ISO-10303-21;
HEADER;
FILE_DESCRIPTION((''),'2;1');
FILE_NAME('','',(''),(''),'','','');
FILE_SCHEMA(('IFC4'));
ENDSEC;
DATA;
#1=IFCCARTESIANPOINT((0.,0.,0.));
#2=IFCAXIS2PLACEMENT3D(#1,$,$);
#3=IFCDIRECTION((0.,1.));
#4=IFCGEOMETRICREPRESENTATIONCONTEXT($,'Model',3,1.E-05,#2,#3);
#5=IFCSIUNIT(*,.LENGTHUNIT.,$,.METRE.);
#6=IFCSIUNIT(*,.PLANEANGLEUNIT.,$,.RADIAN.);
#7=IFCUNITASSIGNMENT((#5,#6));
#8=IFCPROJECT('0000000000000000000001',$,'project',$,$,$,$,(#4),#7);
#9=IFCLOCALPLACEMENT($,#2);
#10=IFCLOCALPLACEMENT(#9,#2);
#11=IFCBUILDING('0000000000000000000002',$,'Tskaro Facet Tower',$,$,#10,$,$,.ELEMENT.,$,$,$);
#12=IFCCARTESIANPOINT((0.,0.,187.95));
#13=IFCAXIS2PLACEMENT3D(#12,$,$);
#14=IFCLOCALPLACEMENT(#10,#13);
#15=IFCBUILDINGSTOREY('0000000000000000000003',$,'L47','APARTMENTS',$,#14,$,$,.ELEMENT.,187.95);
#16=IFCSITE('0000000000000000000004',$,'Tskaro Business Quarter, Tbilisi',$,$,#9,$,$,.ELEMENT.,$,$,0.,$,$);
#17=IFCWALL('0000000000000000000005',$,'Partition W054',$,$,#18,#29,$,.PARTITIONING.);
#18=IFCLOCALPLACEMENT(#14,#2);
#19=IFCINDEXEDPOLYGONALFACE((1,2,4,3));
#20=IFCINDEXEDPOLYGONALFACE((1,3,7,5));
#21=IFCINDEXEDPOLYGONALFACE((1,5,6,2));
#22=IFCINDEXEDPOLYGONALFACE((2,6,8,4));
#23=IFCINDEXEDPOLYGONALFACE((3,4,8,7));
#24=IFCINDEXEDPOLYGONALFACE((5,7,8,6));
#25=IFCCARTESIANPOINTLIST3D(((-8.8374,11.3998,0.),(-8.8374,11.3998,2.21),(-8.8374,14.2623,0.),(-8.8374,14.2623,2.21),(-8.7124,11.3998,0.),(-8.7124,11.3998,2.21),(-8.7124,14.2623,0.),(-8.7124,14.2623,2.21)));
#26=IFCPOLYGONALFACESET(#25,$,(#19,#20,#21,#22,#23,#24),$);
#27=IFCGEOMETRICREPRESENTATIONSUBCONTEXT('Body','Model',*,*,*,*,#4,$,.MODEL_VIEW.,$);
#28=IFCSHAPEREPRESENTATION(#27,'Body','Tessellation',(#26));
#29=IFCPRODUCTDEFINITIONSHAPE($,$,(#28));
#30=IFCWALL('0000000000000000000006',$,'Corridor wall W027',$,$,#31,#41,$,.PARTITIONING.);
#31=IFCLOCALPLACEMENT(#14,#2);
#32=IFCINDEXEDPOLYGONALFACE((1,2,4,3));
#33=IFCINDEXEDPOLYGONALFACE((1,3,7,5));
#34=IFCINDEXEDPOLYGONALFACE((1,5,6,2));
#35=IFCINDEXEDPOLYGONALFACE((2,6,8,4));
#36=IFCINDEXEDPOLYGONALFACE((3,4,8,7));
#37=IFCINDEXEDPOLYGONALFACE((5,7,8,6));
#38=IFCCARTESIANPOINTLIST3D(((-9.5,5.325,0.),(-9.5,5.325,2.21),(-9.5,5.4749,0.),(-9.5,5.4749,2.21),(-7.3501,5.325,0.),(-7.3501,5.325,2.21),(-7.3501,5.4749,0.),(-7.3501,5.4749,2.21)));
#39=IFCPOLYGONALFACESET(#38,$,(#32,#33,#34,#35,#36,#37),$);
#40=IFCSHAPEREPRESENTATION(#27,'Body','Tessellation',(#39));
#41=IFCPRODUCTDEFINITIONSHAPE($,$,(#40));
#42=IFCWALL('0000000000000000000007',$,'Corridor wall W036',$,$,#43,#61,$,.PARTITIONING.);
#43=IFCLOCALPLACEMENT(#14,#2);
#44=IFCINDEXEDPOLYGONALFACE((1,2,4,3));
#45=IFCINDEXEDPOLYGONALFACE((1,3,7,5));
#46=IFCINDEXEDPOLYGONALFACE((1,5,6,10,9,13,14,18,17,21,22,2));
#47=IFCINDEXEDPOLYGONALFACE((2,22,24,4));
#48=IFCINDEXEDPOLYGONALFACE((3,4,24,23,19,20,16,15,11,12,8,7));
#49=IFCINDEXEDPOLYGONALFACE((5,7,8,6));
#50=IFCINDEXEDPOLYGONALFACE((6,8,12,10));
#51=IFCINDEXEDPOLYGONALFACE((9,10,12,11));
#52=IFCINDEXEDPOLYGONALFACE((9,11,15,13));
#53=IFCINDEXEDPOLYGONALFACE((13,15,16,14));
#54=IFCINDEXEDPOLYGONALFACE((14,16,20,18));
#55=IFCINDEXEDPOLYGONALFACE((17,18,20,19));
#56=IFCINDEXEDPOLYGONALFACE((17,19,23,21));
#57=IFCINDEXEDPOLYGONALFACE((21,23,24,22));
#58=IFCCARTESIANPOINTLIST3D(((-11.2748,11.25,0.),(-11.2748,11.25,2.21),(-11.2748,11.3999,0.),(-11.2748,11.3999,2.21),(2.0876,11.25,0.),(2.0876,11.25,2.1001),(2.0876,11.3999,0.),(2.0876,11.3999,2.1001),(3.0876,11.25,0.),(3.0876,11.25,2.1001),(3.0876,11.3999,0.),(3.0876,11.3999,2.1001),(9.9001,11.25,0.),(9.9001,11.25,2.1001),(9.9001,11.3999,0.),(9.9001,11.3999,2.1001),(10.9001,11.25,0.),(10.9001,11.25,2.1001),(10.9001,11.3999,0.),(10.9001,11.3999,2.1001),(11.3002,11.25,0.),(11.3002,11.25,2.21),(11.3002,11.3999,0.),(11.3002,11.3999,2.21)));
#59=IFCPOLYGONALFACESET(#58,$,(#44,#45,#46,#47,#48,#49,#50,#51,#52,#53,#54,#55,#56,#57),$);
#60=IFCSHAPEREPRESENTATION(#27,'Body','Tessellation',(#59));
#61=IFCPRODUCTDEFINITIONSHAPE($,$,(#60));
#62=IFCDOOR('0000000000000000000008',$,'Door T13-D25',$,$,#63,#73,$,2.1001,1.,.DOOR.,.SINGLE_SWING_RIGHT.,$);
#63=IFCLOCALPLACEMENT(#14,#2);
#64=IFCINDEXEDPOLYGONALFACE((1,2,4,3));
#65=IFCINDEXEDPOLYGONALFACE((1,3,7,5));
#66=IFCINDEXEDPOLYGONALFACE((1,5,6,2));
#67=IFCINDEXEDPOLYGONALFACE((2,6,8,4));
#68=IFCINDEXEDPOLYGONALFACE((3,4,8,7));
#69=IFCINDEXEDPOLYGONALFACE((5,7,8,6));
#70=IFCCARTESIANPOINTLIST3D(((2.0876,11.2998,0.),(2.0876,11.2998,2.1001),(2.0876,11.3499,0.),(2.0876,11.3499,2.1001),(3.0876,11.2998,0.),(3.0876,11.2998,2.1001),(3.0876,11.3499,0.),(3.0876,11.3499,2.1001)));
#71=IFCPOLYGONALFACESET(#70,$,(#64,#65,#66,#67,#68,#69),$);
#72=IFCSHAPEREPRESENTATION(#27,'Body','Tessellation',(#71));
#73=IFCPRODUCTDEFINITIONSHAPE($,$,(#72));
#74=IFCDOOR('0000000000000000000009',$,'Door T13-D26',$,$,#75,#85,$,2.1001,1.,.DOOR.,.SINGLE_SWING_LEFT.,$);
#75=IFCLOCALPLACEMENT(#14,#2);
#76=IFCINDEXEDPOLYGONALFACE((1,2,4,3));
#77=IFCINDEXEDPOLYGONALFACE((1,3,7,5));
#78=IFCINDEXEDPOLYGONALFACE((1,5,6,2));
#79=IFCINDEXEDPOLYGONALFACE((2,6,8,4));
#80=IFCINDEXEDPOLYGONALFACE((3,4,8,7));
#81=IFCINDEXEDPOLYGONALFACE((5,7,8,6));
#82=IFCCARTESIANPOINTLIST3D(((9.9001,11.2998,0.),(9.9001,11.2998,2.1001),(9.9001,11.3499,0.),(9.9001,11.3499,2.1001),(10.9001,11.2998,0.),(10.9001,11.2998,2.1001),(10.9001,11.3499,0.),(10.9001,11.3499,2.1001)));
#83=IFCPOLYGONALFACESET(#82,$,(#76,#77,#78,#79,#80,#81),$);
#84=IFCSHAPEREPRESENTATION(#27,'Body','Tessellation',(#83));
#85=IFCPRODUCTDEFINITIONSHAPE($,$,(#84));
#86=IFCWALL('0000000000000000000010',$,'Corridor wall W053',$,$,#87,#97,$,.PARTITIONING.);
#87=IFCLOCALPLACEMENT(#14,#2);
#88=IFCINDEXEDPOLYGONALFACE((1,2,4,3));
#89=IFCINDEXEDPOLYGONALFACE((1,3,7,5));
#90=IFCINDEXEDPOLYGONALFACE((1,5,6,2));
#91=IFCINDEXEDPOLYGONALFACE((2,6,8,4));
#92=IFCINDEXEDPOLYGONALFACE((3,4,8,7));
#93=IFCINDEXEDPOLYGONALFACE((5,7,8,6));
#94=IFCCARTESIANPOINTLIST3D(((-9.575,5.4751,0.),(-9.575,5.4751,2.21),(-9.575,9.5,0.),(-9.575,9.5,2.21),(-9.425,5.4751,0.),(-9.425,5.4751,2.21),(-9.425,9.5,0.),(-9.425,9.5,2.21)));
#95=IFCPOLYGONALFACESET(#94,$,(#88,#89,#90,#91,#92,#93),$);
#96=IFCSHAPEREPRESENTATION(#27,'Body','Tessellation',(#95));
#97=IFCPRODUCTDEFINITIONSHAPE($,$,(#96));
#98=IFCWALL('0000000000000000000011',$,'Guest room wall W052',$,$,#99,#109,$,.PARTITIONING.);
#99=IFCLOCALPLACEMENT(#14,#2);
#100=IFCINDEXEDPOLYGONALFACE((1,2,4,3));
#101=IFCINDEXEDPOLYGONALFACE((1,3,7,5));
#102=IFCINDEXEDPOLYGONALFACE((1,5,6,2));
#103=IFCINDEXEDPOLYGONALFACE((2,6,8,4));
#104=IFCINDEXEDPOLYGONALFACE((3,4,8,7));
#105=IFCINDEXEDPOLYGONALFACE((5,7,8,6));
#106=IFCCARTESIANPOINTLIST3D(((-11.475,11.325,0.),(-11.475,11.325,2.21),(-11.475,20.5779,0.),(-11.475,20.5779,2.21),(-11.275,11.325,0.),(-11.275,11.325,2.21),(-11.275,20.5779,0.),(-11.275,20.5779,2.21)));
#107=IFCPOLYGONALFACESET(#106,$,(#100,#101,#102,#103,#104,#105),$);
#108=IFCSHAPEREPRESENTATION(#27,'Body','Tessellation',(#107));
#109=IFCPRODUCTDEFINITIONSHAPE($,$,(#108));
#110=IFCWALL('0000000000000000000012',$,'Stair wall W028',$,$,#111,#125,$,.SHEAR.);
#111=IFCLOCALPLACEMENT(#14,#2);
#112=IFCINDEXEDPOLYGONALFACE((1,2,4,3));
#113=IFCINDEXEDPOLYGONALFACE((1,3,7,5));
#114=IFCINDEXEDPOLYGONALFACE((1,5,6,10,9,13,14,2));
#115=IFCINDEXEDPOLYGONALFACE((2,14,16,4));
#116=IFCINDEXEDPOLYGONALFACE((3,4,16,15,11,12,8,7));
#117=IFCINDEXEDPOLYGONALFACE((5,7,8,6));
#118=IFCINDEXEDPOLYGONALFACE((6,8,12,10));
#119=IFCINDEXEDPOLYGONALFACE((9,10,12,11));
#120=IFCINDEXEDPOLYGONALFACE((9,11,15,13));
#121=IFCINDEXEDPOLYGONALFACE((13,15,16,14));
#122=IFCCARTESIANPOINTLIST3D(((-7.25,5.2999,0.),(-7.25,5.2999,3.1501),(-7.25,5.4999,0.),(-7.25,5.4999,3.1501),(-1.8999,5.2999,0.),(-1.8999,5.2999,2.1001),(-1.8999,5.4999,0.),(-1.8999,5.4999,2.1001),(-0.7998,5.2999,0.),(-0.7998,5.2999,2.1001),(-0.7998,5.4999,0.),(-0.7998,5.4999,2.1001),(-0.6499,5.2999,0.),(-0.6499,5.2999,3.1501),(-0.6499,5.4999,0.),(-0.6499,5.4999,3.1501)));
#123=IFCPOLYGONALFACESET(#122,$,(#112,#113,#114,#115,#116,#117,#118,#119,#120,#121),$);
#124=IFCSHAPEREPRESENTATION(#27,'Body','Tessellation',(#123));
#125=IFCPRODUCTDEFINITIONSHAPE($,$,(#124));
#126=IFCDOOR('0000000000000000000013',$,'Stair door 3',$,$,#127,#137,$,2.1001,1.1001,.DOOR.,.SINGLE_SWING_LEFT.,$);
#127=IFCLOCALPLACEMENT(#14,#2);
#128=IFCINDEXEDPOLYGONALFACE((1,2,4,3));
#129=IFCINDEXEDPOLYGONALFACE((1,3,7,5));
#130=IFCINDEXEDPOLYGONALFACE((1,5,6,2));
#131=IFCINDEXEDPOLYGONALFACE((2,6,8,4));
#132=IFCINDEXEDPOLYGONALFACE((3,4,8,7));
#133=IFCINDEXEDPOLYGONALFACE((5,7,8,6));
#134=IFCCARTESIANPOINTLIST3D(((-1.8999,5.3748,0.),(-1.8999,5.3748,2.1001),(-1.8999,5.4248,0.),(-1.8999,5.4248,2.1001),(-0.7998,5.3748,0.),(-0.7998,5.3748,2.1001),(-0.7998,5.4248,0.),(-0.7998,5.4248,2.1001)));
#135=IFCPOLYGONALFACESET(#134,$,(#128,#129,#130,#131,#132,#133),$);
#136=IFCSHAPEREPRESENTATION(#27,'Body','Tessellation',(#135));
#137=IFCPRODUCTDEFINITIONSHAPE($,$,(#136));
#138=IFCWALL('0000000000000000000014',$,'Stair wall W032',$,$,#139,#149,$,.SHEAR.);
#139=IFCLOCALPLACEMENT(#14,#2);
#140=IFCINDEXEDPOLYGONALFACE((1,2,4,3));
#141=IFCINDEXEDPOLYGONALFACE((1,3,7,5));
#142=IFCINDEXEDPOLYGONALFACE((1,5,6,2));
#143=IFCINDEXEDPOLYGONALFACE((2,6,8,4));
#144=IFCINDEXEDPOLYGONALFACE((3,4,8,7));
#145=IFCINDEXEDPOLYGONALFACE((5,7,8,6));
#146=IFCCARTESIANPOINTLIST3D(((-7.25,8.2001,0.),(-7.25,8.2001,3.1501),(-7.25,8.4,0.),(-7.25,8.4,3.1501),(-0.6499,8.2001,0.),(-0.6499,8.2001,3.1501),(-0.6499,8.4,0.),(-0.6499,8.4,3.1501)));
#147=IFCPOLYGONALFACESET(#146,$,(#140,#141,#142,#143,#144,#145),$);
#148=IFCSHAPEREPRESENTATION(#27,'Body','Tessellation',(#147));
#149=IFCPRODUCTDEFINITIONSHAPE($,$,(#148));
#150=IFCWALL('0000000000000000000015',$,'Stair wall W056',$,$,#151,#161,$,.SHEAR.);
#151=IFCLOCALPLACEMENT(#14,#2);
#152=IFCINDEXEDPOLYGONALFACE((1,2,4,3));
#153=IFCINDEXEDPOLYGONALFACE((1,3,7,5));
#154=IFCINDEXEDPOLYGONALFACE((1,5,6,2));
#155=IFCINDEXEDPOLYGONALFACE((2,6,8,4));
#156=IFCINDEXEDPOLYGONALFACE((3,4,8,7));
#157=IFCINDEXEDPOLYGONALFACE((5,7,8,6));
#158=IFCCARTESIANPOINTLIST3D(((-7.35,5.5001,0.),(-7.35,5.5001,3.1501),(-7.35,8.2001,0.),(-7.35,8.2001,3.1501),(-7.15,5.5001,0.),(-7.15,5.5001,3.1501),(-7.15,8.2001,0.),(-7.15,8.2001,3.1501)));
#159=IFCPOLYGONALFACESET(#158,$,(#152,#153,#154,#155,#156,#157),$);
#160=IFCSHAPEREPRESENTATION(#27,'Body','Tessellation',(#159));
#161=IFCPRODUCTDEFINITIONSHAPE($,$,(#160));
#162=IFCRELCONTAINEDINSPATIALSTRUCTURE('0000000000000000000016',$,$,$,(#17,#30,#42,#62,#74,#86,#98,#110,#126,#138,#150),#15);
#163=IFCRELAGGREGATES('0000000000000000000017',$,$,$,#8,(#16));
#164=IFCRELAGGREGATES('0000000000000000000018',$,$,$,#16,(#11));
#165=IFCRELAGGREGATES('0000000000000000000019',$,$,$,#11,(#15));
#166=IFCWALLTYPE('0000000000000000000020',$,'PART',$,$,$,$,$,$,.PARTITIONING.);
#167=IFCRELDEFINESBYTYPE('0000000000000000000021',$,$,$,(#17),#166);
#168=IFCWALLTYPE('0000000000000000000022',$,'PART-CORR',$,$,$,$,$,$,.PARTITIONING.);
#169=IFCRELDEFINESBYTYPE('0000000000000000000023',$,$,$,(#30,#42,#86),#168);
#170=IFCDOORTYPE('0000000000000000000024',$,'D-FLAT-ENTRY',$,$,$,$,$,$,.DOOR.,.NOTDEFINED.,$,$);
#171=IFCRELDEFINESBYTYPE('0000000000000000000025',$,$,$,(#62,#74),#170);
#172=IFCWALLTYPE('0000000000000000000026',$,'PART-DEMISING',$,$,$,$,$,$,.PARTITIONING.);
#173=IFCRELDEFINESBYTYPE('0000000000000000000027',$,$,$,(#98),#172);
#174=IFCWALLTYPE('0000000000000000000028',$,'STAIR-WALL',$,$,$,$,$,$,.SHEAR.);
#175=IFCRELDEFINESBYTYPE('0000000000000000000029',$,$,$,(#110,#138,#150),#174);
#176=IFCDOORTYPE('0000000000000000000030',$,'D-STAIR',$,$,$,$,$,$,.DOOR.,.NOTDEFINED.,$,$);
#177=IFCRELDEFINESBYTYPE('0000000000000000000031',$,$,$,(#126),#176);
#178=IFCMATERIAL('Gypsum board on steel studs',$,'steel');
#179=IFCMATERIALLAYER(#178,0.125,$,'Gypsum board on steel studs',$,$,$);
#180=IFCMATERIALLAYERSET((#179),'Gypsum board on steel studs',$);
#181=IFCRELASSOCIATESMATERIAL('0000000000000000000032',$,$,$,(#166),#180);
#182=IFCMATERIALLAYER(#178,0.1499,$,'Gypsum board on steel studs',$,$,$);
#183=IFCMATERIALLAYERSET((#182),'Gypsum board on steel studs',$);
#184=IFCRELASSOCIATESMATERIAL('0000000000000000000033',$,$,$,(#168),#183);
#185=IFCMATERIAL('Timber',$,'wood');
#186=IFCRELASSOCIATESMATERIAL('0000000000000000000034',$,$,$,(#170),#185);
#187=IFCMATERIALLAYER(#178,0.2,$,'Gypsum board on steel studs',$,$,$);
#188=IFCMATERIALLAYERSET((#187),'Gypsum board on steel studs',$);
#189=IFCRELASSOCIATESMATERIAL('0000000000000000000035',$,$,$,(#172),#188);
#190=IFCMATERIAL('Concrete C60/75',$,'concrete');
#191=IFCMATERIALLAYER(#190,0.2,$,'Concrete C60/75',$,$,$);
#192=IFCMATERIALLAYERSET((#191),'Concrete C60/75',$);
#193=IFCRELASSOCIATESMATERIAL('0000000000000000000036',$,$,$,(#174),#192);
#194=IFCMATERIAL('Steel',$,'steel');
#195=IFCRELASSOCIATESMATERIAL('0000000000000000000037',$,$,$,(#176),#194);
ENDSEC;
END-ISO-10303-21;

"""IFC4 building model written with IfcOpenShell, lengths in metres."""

from ifc_helpers import new_model, si_unit, direction, frame, frame_2d, origin, place, context, subcontext, project, spatial, rectangle, extrude, material, layer, layer_set, type_object, element, fill, save


model = new_model("IFC4")

# Units and contexts
model_context = context("Model", 3, precision=1e-05, world=origin(), true_north=direction((0.0, 1.0)))
body_context = subcontext(model_context, "Body", "Model", "MODEL_VIEW")
ifc_project = project(units=[si_unit("LENGTHUNIT", "METRE"), si_unit("PLANEANGLEUNIT", "RADIAN")], contexts=[model_context])

# Site, building, storey
site_placement = place(None, origin())
site = spatial("IfcSite", under=ifc_project, at=site_placement, Name="Tskaro Business Quarter, Tbilisi", CompositionType="ELEMENT", RefElevation=0.0)
building_placement = place(site_placement, origin())
building = spatial("IfcBuilding", under=site, at=building_placement, Name="Tskaro Facet Tower", CompositionType="ELEMENT")
storey_placement = place(building_placement, frame((0.0, 0.0, 187.95)))
storey = spatial("IfcBuildingStorey", under=building, at=storey_placement, Name="L47", Description="APARTMENTS", CompositionType="ELEMENT", Elevation=187.95)

# Shared definitions
ifc_material_1 = material(Name="Steel", Category="steel")
ifc_material_2 = material(Name="Timber", Category="wood")

# Walls
ifc_material_3 = material(Name="Gypsum board on steel studs", Category="steel")
ifc_layer_1 = layer(ifc_material_3, 0.125, Name="Gypsum board on steel studs")
ifc_layer_set_1 = layer_set([ifc_layer_1], Name="Gypsum board on steel studs")
wall_type_1 = type_object("IfcWallType", Name="PART", PredefinedType="PARTITIONING", material=ifc_layer_set_1)
wall_1_placement = place(storey_placement, frame((-8.7749, 11.3999, 0.0), z_axis=(0.0, 0.0, 1.0), x_axis=(0.0, 1.0, 0.0)))
element("IfcWall", 1, at=wall_1_placement, inside=storey, type_object=wall_type_1, Name="Partition W054", PredefinedType="PARTITIONING", context=body_context, shape_type="SweptSolid", body=[
    extrude(rectangle(XDim=2.8625, YDim=0.125, at=frame_2d((1.4312, 0.0))), origin(), (0.0, 0.0, 1.0), 2.21),
])
ifc_layer_2 = layer(ifc_material_3, 0.1499, Name="Gypsum board on steel studs")
ifc_layer_set_2 = layer_set([ifc_layer_2], Name="Gypsum board on steel studs")
wall_type_2 = type_object("IfcWallType", Name="PART-CORR", PredefinedType="PARTITIONING", material=ifc_layer_set_2)
wall_2_placement = place(storey_placement, frame((-9.5, 5.3999, 0.0), z_axis=(0.0, 0.0, 1.0), x_axis=(1.0, 0.0, 0.0)))
element("IfcWall", 2, at=wall_2_placement, inside=storey, type_object=wall_type_2, Name="Corridor wall W027", PredefinedType="PARTITIONING", context=body_context, shape_type="SweptSolid", body=[
    extrude(rectangle(XDim=2.1499, YDim=0.1499, at=frame_2d((1.075, 0.0))), origin(), (0.0, 0.0, 1.0), 2.21),
])

# Wall, openings, doors
wall_3_placement = place(storey_placement, frame((-11.2749, 11.325, 0.0), z_axis=(0.0, 0.0, 1.0), x_axis=(1.0, 0.0, 0.0)))
wall_3 = element("IfcWall", 3, at=wall_3_placement, inside=storey, type_object=wall_type_2, Name="Corridor wall W036", PredefinedType="PARTITIONING", context=body_context, shape_type="SweptSolid", body=[
    extrude(rectangle(XDim=22.575, YDim=0.1499, at=frame_2d((11.2876, 0.0))), origin(), (0.0, 0.0, 1.0), 2.21),
])
opening_1_placement = place(wall_3_placement, frame((13.3625, 0.0, 0.0)))
opening_1 = element("IfcOpeningElement", 4, at=opening_1_placement, cuts=wall_3, PredefinedType="OPENING", context=body_context, shape_type="SweptSolid", body=[
    extrude(rectangle(XDim=1.0, YDim=2.1001, at=frame_2d((0.5, 1.05))), frame((0.0, 0.085, 0.0), z_axis=(0.0, -1.0, 0.0), x_axis=(1.0, 0.0, 0.0)), (0.0, 0.0, 1.0), 0.1699),
])
opening_2_placement = place(wall_3_placement, frame((21.175, 0.0, 0.0)))
opening_2 = element("IfcOpeningElement", 5, at=opening_2_placement, cuts=wall_3, PredefinedType="OPENING", context=body_context, shape_type="SweptSolid", body=[
    extrude(rectangle(XDim=1.0, YDim=2.1001, at=frame_2d((0.5, 1.05))), frame((0.0, 0.085, 0.0), z_axis=(0.0, -1.0, 0.0), x_axis=(1.0, 0.0, 0.0)), (0.0, 0.0, 1.0), 0.1699),
])
door_type_1 = type_object("IfcDoorType", Name="D-FLAT-ENTRY", OperationType="NOTDEFINED", PredefinedType="DOOR", material=ifc_material_2)
door_1_placement = place(opening_1_placement, origin())
door_1 = element("IfcDoor", 6, at=door_1_placement, inside=storey, type_object=door_type_1, Name="Door T13-D25", OperationType="SINGLE_SWING_RIGHT", OverallHeight=2.1001, OverallWidth=1.0, PredefinedType="DOOR", context=body_context, shape_type="SweptSolid", body=[
    extrude(rectangle(XDim=1.0, YDim=2.1001, at=frame_2d((0.5, 1.05))), frame((0.0, 0.0249, 0.0), z_axis=(0.0, -1.0, 0.0), x_axis=(1.0, 0.0, 0.0)), (0.0, 0.0, 1.0), 0.05),
])
fill(opening_1, door_1)
door_2_placement = place(opening_2_placement, origin())
door_2 = element("IfcDoor", 7, at=door_2_placement, inside=storey, type_object=door_type_1, Name="Door T13-D26", OperationType="SINGLE_SWING_LEFT", OverallHeight=2.1001, OverallWidth=1.0, PredefinedType="DOOR", context=body_context, shape_type="SweptSolid", body=[
    extrude(rectangle(XDim=1.0, YDim=2.1001, at=frame_2d((0.5, 1.05))), frame((0.0, 0.0249, 0.0), z_axis=(0.0, -1.0, 0.0), x_axis=(1.0, 0.0, 0.0)), (0.0, 0.0, 1.0), 0.05),
])
fill(opening_2, door_2)

# Walls
wall_4_placement = place(storey_placement, frame((-9.5, 5.4751, 0.0), z_axis=(0.0, 0.0, 1.0), x_axis=(0.0, 1.0, 0.0)))
element("IfcWall", 8, at=wall_4_placement, inside=storey, type_object=wall_type_2, Name="Corridor wall W053", PredefinedType="PARTITIONING", context=body_context, shape_type="SweptSolid", body=[
    extrude(rectangle(XDim=4.0249, YDim=0.1499, at=frame_2d((2.0125, 0.0))), origin(), (0.0, 0.0, 1.0), 2.21),
])
ifc_layer_3 = layer(ifc_material_3, 0.2, Name="Gypsum board on steel studs")
ifc_layer_set_3 = layer_set([ifc_layer_3], Name="Gypsum board on steel studs")
wall_type_3 = type_object("IfcWallType", Name="PART-DEMISING", PredefinedType="PARTITIONING", material=ifc_layer_set_3)
wall_5_placement = place(storey_placement, frame((-11.375, 11.325, 0.0), z_axis=(0.0, 0.0, 1.0), x_axis=(0.0, 1.0, 0.0)))
element("IfcWall", 9, at=wall_5_placement, inside=storey, type_object=wall_type_3, Name="Guest room wall W052", PredefinedType="PARTITIONING", context=body_context, shape_type="SweptSolid", body=[
    extrude(rectangle(XDim=9.2529, YDim=0.2, at=frame_2d((4.6265, 0.0))), origin(), (0.0, 0.0, 1.0), 2.21),
])

# Wall, opening, door
ifc_material_4 = material(Name="Concrete C60/75", Category="concrete")
ifc_layer_4 = layer(ifc_material_4, 0.2, Name="Concrete C60/75")
ifc_layer_set_4 = layer_set([ifc_layer_4], Name="Concrete C60/75")
wall_type_4 = type_object("IfcWallType", Name="STAIR-WALL", PredefinedType="SHEAR", material=ifc_layer_set_4)
wall_6_placement = place(storey_placement, frame((-7.25, 5.3999, 0.0), z_axis=(0.0, 0.0, 1.0), x_axis=(1.0, 0.0, 0.0)))
wall_6 = element("IfcWall", 10, at=wall_6_placement, inside=storey, type_object=wall_type_4, Name="Stair wall W028", PredefinedType="SHEAR", context=body_context, shape_type="SweptSolid", body=[
    extrude(rectangle(XDim=6.6001, YDim=0.2, at=frame_2d((3.3, 0.0))), origin(), (0.0, 0.0, 1.0), 3.1501),
])
opening_3_placement = place(wall_6_placement, frame((5.3501, 0.0, 0.0)))
opening_3 = element("IfcOpeningElement", 11, at=opening_3_placement, cuts=wall_6, PredefinedType="OPENING", context=body_context, shape_type="SweptSolid", body=[
    extrude(rectangle(XDim=1.1001, YDim=2.1001, at=frame_2d((0.55, 1.05))), frame((0.0, 0.1099, 0.0), z_axis=(0.0, -1.0, 0.0), x_axis=(1.0, 0.0, 0.0)), (0.0, 0.0, 1.0), 0.22),
])
door_type_2 = type_object("IfcDoorType", Name="D-STAIR", OperationType="NOTDEFINED", PredefinedType="DOOR", material=ifc_material_1)
door_3_placement = place(opening_3_placement, origin())
door_3 = element("IfcDoor", 12, at=door_3_placement, inside=storey, type_object=door_type_2, Name="Stair door 3", OperationType="SINGLE_SWING_LEFT", OverallHeight=2.1001, OverallWidth=1.1001, PredefinedType="DOOR", context=body_context, shape_type="SweptSolid", body=[
    extrude(rectangle(XDim=1.1001, YDim=2.1001, at=frame_2d((0.55, 1.05))), frame((0.0, 0.0249, 0.0), z_axis=(0.0, -1.0, 0.0), x_axis=(1.0, 0.0, 0.0)), (0.0, 0.0, 1.0), 0.05),
])
fill(opening_3, door_3)

# Walls
wall_7_placement = place(storey_placement, frame((-7.25, 8.3, 0.0), z_axis=(0.0, 0.0, 1.0), x_axis=(1.0, 0.0, 0.0)))
element("IfcWall", 13, at=wall_7_placement, inside=storey, type_object=wall_type_4, Name="Stair wall W032", PredefinedType="SHEAR", context=body_context, shape_type="SweptSolid", body=[
    extrude(rectangle(XDim=6.6001, YDim=0.2, at=frame_2d((3.3, 0.0))), origin(), (0.0, 0.0, 1.0), 3.1501),
])
wall_8_placement = place(storey_placement, frame((-7.25, 5.5, 0.0), z_axis=(0.0, 0.0, 1.0), x_axis=(0.0, 1.0, 0.0)))
element("IfcWall", 14, at=wall_8_placement, inside=storey, type_object=wall_type_4, Name="Stair wall W056", PredefinedType="SHEAR", context=body_context, shape_type="SweptSolid", body=[
    extrude(rectangle(XDim=2.7, YDim=0.2, at=frame_2d((1.3501, 0.0))), origin(), (0.0, 0.0, 1.0), 3.1501),
])

save(model, "model.ifc")
